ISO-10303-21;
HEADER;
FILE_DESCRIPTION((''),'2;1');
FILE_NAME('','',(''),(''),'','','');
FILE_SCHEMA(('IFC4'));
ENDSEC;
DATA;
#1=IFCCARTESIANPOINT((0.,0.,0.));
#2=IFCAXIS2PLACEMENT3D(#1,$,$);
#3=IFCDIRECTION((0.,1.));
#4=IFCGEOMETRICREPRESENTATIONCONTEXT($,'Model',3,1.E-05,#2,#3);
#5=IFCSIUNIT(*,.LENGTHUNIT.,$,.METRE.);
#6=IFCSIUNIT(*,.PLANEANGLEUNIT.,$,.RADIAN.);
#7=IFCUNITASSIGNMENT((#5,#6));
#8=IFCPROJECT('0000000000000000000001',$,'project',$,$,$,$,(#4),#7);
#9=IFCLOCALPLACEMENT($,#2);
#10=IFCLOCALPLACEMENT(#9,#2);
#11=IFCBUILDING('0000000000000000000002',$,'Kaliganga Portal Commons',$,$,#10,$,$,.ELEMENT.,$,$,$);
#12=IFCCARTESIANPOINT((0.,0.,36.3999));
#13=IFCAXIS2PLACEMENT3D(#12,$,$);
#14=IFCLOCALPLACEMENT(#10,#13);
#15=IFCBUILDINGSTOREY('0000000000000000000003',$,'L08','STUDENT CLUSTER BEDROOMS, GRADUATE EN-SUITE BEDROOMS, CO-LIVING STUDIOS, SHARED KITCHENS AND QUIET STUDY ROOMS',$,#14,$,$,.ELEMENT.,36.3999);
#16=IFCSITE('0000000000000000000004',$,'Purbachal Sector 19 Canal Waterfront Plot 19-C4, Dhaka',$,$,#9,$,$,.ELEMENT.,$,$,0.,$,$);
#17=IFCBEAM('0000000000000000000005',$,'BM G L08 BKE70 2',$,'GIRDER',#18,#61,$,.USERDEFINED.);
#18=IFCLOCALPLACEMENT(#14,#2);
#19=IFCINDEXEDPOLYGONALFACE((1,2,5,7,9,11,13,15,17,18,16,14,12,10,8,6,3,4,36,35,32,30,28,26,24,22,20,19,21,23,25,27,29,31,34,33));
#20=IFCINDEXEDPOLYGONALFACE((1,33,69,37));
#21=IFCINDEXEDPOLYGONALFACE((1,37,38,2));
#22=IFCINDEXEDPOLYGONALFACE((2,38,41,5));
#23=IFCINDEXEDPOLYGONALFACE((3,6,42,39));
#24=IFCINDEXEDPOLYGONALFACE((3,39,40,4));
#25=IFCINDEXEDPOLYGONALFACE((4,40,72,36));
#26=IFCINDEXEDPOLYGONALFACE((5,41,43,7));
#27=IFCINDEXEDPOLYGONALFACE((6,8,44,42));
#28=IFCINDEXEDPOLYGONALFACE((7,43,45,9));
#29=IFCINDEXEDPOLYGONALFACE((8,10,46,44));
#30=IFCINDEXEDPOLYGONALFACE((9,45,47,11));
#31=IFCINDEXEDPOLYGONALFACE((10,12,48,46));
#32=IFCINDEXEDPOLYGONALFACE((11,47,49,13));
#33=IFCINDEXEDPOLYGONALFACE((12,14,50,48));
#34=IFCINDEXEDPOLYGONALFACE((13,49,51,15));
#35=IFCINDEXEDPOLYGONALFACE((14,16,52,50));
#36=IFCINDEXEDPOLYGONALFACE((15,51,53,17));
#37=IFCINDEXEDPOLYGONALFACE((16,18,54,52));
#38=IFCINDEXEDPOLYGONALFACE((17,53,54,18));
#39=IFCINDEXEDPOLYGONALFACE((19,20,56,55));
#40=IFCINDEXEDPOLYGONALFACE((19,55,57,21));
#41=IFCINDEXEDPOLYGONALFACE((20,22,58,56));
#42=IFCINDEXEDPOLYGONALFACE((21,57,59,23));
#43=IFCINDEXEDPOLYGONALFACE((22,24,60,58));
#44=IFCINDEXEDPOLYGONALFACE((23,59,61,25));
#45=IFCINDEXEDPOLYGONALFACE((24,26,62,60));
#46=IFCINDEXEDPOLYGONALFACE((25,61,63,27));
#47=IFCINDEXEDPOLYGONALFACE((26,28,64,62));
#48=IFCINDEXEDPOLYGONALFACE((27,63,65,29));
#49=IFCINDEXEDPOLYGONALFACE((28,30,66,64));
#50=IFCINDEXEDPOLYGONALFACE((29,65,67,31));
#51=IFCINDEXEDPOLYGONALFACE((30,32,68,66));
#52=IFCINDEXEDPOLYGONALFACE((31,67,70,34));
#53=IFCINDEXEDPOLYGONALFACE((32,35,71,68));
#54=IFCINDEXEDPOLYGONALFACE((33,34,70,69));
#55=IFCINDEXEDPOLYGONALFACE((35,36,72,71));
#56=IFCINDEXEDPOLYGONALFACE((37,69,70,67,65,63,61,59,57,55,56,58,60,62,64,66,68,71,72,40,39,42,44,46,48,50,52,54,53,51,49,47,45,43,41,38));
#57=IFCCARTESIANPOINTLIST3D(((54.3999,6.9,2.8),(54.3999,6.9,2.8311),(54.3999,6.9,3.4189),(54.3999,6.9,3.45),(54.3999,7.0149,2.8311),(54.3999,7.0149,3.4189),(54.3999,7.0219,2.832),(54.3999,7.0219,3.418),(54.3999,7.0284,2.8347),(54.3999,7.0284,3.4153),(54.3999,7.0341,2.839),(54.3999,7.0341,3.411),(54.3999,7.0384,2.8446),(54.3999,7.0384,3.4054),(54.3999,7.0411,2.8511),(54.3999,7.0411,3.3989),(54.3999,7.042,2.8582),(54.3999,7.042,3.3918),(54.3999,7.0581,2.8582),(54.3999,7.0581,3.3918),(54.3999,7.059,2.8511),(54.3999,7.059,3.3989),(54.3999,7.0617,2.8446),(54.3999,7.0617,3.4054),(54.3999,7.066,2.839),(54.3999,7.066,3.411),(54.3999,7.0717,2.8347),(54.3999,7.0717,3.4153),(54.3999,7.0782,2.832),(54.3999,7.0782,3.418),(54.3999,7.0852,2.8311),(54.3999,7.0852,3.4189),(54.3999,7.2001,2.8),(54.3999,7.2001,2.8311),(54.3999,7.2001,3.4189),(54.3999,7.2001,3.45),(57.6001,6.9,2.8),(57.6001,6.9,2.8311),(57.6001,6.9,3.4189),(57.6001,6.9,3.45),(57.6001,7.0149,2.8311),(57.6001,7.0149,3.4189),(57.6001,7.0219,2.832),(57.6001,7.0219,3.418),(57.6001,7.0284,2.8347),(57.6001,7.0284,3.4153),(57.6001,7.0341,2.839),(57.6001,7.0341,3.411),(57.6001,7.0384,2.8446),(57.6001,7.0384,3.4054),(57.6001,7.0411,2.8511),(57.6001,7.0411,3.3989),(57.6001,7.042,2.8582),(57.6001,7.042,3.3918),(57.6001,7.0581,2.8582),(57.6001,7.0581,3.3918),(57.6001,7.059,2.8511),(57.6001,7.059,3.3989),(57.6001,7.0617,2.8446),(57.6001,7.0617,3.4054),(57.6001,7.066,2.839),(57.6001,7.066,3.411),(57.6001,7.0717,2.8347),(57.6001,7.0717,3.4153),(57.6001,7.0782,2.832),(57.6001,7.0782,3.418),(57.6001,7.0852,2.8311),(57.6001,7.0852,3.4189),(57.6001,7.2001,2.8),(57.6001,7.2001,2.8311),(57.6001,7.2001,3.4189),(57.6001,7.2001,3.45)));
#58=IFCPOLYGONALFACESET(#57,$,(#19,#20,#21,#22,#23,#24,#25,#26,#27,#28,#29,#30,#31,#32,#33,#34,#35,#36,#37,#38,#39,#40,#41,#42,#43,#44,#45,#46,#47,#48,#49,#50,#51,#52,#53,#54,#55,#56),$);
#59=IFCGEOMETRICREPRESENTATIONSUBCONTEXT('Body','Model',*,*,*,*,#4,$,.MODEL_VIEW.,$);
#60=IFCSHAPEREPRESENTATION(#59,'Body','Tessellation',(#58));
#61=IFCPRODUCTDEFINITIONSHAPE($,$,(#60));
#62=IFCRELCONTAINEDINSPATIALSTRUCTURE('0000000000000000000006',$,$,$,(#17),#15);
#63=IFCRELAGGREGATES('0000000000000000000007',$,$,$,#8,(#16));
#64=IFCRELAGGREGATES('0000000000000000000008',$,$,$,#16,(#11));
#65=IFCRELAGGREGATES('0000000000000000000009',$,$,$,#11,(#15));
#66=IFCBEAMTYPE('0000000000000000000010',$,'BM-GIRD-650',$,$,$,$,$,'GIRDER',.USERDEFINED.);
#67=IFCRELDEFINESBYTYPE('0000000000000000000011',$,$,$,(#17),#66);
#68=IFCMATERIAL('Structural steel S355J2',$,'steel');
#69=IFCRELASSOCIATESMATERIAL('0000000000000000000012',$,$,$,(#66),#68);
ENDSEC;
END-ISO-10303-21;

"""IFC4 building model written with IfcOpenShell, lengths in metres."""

from ifc_helpers import new_model, si_unit, direction, frame, origin, origin_2d, place, context, subcontext, project, spatial, i_section, extrude, source, transform, mapped, material, material_profile, profile_set, type_object, element, save


model = new_model("IFC4")

# Units and contexts
model_context = context("Model", 3, precision=1e-05, world=origin(), true_north=direction((0.0, 1.0)))
body_context = subcontext(model_context, "Body", "Model", "MODEL_VIEW")
ifc_project = project(units=[si_unit("LENGTHUNIT", "METRE"), si_unit("PLANEANGLEUNIT", "RADIAN")], contexts=[model_context])

# Site, building, storey
site_placement = place(None, origin())
site = spatial("IfcSite", under=ifc_project, at=site_placement, Name="Purbachal Sector 19 Canal Waterfront Plot 19-C4, Dhaka", CompositionType="ELEMENT", RefElevation=0.0)
building_placement = place(site_placement, origin())
building = spatial("IfcBuilding", under=site, at=building_placement, Name="Kaliganga Portal Commons", CompositionType="ELEMENT")
storey_placement = place(building_placement, frame((0.0, 0.0, 36.3999)))
storey = spatial("IfcBuildingStorey", under=building, at=storey_placement, Name="L08", Description="STUDENT CLUSTER BEDROOMS, GRADUATE EN-SUITE BEDROOMS, CO-LIVING STUDIOS, SHARED KITCHENS AND QUIET STUDY ROOMS", CompositionType="ELEMENT", Elevation=36.3999)

# Beam
ifc_material_1 = material(Name="Structural steel S355J2", Category="steel")
ifc_material_profile_1 = material_profile(ifc_material_1, i_section(OverallWidth=0.3, OverallDepth=0.6499, WebThickness=0.0161, FlangeThickness=0.031, FilletRadius=0.0271, at=origin_2d()), Name="HE 650 B")
ifc_profile_set_1 = profile_set([ifc_material_profile_1], Name="Structural steel S355J2 wide-flange")
beam_type_1 = type_object("IfcBeamType", Name="BM-GIRD-650", ElementType="GIRDER", PredefinedType="USERDEFINED", material=ifc_profile_set_1)
shared_shape_1 = source(origin(), body_context, "Body", "SweptSolid", [
    extrude(i_section(OverallWidth=0.3, OverallDepth=0.6499, WebThickness=0.0161, FlangeThickness=0.031, FilletRadius=0.0271, at=origin_2d()), origin(), (0.0, 0.0, 1.0), 3.2002),
])
beam_1_placement = place(storey_placement, frame((54.3999, 7.05, 3.125), z_axis=(1.0, 0.0, 0.0), x_axis=(0.0, 1.0, 0.0)))
element("IfcBeam", 1, at=beam_1_placement, inside=storey, type_object=beam_type_1, Name="BM G L08 BKE70 2", ObjectType="GIRDER", PredefinedType="USERDEFINED", context=body_context, shape_type="MappedRepresentation", body=[
    mapped(shared_shape_1, transform((0.0, 0.0, 0.0), x_axis=(1.0, 0.0, 0.0), y_axis=(0.0, 1.0, 0.0), z_axis=(0.0, 0.0, 1.0), scale=1.0)),
])

save(model, "model.ifc")
